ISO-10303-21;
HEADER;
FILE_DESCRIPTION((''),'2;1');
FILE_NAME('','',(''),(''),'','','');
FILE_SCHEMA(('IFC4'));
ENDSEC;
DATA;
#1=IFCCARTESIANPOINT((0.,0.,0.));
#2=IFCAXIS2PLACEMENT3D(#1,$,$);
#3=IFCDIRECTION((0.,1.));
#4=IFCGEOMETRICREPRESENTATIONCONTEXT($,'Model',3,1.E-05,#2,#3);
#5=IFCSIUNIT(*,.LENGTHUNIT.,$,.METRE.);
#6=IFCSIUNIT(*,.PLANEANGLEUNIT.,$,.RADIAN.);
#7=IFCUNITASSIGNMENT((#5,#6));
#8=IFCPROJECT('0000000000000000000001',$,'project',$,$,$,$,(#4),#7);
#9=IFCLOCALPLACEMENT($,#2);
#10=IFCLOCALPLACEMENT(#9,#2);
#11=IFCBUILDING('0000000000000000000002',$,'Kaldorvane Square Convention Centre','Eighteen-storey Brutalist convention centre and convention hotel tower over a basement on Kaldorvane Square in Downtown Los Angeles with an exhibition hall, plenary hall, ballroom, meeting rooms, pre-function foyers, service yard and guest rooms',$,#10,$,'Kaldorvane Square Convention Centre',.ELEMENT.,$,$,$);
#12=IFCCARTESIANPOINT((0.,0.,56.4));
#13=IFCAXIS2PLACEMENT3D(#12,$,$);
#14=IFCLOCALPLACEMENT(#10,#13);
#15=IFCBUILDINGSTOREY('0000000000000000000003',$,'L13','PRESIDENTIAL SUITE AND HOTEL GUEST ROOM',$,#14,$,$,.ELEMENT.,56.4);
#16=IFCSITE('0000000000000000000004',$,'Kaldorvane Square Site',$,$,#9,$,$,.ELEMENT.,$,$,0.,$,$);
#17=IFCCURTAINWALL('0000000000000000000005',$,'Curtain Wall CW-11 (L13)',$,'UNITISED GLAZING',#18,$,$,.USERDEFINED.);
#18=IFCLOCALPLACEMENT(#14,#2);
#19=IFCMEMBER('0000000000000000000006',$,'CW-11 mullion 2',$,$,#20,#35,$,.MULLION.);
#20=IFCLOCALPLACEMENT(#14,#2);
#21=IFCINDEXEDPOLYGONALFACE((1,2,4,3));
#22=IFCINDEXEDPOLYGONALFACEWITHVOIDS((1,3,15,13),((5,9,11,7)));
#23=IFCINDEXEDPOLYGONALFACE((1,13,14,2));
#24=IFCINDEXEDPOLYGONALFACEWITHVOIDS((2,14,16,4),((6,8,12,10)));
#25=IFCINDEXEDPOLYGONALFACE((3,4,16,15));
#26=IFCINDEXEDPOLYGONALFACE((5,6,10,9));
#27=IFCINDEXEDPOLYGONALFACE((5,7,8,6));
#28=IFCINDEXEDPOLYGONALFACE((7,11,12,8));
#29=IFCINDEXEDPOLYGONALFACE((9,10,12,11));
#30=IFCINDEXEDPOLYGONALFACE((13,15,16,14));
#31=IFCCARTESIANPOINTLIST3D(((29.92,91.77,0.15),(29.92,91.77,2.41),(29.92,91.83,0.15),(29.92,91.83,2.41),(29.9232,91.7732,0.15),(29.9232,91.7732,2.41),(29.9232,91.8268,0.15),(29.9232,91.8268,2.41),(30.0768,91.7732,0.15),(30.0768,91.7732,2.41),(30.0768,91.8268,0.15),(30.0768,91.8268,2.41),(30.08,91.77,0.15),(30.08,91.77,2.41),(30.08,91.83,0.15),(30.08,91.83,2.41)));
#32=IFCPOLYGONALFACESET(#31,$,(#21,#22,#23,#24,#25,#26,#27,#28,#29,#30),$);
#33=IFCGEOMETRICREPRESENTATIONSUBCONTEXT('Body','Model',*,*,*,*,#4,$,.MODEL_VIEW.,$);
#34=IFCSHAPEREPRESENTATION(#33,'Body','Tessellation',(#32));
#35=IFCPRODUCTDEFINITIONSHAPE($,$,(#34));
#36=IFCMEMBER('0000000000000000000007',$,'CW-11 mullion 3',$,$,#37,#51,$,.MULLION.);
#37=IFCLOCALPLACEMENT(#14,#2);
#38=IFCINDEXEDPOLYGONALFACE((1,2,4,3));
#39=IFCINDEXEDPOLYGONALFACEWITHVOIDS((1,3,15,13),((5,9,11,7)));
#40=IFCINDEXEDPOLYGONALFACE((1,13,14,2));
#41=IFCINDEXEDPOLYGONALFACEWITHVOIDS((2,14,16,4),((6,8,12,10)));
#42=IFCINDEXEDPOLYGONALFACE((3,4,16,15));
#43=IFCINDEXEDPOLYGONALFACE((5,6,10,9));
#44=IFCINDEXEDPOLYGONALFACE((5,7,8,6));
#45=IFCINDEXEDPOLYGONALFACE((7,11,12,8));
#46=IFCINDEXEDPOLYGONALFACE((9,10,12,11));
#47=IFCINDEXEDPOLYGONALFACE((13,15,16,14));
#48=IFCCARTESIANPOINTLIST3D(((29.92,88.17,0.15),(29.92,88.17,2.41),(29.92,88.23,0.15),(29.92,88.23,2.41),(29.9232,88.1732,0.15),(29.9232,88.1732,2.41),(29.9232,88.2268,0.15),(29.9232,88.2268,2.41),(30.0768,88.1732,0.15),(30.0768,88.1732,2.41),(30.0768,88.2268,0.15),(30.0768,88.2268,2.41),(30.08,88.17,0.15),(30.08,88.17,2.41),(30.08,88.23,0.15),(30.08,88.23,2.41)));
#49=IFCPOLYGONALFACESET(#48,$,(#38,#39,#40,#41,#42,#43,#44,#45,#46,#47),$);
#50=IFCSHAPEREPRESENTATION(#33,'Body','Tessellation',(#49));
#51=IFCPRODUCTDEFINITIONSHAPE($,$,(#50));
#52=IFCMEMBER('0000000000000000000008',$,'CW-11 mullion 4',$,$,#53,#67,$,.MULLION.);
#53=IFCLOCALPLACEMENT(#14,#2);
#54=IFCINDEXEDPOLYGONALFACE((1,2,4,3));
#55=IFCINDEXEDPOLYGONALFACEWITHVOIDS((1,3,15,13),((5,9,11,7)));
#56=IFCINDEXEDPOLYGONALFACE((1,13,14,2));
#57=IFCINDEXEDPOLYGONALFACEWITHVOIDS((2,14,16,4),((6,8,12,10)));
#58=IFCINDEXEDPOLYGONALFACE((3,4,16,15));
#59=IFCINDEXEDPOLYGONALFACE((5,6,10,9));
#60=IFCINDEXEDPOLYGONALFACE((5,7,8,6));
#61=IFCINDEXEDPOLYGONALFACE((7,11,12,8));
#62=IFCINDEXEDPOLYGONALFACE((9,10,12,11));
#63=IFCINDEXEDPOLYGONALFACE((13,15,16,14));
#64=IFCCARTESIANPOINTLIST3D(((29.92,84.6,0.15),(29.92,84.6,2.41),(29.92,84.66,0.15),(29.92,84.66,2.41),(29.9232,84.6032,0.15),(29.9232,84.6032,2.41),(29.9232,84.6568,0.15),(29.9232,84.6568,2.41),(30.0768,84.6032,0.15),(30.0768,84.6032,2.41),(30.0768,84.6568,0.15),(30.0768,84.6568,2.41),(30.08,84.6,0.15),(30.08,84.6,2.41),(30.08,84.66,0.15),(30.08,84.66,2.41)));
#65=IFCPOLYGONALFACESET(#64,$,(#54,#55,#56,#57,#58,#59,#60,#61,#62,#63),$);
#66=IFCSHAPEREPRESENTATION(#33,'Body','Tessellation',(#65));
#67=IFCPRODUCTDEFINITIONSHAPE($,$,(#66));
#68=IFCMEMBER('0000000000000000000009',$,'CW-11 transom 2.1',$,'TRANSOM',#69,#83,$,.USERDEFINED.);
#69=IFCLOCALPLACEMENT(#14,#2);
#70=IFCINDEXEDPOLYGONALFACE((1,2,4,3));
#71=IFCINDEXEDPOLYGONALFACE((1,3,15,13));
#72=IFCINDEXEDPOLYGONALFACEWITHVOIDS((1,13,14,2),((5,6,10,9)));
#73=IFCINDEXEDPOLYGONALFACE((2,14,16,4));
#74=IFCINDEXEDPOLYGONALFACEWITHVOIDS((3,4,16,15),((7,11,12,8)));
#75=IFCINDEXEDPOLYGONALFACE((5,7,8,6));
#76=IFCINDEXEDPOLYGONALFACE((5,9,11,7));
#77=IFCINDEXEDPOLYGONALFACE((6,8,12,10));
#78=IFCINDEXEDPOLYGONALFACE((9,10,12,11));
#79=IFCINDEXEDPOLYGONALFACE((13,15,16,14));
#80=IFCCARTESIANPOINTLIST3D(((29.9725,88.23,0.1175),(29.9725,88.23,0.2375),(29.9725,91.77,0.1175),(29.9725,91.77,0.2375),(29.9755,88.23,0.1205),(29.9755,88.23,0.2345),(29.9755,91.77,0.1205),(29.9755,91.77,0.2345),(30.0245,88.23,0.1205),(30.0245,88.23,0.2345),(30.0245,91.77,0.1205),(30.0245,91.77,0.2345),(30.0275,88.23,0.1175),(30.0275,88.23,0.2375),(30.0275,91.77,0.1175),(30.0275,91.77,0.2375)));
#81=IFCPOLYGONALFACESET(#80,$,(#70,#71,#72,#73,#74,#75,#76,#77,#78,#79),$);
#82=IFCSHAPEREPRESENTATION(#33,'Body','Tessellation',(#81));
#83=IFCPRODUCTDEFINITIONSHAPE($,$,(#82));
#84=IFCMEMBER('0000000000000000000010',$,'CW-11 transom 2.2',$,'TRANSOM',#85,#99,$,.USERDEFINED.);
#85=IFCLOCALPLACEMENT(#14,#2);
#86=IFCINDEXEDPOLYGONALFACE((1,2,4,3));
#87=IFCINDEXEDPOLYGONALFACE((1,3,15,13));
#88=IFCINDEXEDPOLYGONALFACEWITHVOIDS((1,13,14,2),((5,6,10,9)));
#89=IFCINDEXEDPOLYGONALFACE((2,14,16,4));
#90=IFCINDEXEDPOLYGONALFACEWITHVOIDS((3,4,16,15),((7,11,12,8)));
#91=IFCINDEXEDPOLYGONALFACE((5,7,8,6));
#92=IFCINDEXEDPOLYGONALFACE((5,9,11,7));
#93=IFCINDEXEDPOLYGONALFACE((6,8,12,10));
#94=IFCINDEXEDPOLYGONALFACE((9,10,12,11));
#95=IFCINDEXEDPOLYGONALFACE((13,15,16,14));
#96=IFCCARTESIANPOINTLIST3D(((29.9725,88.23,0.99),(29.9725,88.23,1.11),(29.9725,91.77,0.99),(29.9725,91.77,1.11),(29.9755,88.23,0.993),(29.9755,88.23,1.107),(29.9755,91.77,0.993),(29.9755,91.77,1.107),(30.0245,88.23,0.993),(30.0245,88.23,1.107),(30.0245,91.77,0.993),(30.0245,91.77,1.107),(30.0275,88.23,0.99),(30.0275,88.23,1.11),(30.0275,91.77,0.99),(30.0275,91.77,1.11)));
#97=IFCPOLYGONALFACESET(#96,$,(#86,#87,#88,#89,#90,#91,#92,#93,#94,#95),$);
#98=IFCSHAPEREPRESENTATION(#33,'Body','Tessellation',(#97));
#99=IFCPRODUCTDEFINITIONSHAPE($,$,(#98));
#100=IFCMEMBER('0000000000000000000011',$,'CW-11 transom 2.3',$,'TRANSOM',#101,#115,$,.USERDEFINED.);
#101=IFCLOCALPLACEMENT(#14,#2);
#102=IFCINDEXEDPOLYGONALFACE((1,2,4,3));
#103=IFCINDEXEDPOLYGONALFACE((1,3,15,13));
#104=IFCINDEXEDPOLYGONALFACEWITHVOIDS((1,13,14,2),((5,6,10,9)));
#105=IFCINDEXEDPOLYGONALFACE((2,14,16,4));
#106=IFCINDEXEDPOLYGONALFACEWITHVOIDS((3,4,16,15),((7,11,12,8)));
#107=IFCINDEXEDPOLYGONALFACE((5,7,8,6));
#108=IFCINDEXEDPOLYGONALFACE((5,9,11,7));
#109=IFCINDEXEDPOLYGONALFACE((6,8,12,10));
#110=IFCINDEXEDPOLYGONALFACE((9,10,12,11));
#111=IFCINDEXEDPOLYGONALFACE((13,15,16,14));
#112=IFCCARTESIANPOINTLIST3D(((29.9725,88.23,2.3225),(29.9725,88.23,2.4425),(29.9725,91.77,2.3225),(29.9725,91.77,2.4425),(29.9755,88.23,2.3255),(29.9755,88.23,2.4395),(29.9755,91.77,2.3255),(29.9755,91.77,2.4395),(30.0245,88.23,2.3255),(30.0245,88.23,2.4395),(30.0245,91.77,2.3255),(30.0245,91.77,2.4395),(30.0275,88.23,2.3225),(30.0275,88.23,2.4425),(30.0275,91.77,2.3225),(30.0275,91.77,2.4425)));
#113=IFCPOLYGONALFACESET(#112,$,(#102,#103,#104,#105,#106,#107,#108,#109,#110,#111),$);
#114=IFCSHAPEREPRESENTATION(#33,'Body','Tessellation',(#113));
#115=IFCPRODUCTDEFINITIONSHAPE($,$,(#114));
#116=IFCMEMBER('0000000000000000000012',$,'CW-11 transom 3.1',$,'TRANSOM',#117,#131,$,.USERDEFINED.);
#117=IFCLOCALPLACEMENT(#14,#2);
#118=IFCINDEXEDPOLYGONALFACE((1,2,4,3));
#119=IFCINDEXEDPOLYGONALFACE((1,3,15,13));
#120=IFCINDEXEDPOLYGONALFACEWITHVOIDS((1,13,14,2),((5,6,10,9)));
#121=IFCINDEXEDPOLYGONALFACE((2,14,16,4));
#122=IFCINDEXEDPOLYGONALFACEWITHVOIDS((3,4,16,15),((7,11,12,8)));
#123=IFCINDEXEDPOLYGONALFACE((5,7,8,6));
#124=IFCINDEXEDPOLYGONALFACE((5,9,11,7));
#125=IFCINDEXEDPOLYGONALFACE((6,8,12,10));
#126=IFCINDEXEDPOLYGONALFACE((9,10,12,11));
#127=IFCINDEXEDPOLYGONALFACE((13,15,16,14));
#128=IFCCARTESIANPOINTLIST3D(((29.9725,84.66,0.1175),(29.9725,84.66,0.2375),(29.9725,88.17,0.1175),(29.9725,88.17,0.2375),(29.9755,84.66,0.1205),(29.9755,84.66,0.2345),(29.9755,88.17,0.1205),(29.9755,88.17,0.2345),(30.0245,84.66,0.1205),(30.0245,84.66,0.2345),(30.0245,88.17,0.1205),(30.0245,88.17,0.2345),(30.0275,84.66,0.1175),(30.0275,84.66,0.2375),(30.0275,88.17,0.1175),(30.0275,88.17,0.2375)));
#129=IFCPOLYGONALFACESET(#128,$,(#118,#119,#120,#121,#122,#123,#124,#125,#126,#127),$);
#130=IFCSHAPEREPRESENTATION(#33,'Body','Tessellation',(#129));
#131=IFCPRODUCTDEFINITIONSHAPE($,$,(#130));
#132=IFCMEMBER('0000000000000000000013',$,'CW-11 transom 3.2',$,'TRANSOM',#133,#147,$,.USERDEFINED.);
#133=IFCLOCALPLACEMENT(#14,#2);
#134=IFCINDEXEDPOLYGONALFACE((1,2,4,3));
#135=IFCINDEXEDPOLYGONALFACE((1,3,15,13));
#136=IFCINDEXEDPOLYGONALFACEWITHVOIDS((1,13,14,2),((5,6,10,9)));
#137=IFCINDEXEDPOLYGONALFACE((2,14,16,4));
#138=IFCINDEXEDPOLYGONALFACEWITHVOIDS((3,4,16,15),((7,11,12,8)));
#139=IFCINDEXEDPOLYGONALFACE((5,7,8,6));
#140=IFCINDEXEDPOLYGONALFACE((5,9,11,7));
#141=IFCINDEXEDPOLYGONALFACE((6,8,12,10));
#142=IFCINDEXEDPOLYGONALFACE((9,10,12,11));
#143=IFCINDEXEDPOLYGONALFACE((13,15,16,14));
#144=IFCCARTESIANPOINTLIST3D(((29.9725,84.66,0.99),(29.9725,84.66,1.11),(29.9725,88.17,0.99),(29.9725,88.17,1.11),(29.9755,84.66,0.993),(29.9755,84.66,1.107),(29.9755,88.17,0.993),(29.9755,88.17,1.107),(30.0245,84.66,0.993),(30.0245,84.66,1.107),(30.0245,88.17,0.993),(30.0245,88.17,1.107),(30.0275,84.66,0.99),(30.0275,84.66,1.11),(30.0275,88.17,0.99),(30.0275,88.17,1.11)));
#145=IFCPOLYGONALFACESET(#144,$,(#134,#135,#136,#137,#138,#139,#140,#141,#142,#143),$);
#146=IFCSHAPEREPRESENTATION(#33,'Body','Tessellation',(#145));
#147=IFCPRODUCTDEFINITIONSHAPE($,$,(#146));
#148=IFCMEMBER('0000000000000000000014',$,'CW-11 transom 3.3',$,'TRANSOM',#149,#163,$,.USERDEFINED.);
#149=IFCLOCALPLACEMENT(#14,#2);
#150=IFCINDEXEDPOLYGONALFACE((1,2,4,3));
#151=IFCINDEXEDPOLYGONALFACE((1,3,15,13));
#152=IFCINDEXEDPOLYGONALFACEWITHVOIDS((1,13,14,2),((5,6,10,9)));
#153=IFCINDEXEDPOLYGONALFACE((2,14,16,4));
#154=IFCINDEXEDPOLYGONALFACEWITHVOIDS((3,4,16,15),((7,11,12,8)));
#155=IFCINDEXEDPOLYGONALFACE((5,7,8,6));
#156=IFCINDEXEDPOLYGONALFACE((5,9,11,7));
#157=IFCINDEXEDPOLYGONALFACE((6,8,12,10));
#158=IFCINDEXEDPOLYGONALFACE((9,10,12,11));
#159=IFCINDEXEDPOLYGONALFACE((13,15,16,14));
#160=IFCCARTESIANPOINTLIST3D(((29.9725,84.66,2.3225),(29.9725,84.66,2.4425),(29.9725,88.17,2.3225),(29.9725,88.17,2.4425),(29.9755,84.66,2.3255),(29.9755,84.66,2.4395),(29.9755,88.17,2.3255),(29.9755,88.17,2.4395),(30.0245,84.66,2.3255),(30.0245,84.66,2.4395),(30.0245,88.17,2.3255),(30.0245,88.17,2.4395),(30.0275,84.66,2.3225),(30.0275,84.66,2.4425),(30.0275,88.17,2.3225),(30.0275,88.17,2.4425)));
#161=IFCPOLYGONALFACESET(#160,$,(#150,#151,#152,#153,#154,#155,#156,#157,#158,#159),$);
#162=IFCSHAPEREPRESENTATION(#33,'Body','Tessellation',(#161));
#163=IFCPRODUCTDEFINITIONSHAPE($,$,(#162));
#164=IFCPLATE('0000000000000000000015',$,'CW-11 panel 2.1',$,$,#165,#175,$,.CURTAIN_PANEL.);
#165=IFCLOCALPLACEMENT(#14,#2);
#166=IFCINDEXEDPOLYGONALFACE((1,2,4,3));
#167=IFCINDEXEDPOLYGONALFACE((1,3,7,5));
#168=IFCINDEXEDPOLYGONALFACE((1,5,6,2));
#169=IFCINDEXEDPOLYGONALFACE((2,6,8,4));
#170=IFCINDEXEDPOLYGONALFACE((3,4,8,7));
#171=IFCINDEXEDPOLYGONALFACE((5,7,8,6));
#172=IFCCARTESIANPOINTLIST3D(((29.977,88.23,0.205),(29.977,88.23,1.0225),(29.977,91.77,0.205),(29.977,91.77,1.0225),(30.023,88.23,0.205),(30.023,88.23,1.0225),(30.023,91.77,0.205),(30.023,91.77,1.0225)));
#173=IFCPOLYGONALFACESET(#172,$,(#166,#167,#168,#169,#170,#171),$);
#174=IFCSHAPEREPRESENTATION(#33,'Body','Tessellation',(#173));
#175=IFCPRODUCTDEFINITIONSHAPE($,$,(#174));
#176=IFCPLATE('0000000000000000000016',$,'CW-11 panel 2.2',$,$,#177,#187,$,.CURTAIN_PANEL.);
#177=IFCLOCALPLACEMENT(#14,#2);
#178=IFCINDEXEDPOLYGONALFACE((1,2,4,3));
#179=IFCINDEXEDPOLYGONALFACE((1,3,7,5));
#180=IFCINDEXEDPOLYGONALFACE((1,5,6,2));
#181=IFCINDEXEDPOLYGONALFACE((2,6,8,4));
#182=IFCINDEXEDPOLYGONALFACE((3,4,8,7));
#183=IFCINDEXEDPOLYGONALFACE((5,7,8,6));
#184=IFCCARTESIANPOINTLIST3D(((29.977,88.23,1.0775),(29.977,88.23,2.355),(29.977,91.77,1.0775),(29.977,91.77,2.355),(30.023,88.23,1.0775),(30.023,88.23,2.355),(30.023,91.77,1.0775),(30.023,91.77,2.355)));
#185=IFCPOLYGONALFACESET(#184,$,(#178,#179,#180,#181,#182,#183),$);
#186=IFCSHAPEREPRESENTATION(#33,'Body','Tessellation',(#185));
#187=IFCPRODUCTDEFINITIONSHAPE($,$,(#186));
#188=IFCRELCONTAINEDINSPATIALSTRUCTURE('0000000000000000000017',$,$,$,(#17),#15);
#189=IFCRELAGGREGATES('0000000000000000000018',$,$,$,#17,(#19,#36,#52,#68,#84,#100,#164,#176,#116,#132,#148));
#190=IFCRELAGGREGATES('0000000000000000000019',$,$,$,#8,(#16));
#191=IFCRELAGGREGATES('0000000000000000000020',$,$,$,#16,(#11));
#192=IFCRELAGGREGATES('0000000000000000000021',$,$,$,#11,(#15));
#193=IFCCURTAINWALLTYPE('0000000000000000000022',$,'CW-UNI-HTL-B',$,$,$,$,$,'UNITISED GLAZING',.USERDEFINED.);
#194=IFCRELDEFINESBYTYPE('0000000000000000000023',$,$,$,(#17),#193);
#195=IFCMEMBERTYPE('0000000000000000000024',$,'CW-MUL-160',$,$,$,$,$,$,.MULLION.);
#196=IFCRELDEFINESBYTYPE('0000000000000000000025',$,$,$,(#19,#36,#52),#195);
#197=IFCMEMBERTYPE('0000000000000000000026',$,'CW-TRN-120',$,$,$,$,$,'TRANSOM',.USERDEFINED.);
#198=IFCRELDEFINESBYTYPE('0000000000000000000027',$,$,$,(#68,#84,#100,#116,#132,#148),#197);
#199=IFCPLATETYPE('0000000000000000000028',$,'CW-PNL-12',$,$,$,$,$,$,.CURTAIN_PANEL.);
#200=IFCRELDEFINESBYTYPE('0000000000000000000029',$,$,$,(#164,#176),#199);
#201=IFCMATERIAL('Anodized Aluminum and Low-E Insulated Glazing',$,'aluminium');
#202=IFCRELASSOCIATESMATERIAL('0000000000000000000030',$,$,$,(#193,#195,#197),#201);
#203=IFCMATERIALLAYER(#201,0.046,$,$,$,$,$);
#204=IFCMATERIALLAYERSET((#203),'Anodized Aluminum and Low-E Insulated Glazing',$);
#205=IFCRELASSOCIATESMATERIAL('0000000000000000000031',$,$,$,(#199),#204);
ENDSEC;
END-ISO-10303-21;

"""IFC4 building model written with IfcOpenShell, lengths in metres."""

from ifc_helpers import new_model, si_unit, direction, frame, origin, origin_2d, place, context, subcontext, project, spatial, rectangle, hollow_rectangle, extrude, material, layer, layer_set, material_profile, profile_set, type_object, element, aggregate, save


model = new_model("IFC4")

# Units and contexts
model_context = context("Model", 3, precision=1e-05, world=origin(), true_north=direction((0.0, 1.0)))
body_context = subcontext(model_context, "Body", "Model", "MODEL_VIEW")
ifc_project = project(units=[si_unit("LENGTHUNIT", "METRE"), si_unit("PLANEANGLEUNIT", "RADIAN")], contexts=[model_context])

# Site, building, storey
site_placement = place(None, origin())
site = spatial("IfcSite", under=ifc_project, at=site_placement, Name="Kaldorvane Square Site", CompositionType="ELEMENT", RefElevation=0.0)
building_placement = place(site_placement, origin())
building = spatial("IfcBuilding", under=site, at=building_placement, Name="Kaldorvane Square Convention Centre", Description="Eighteen-storey Brutalist convention centre and convention hotel tower over a basement on Kaldorvane Square in Downtown Los Angeles with an exhibition hall, plenary hall, ballroom, meeting rooms, pre-function foyers, service yard and guest rooms", LongName="Kaldorvane Square Convention Centre", CompositionType="ELEMENT")
storey_placement = place(building_placement, frame((0.0, 0.0, 56.4)))
storey = spatial("IfcBuildingStorey", under=building, at=storey_placement, Name="L13", Description="PRESIDENTIAL SUITE AND HOTEL GUEST ROOM", CompositionType="ELEMENT", Elevation=56.4)

# Curtain wall, members, plates
ifc_material_1 = material(Name="Anodized Aluminum and Low-E Insulated Glazing", Category="aluminium")
curtain_wall_type = type_object("IfcCurtainWallType", Name="CW-UNI-HTL-B", ElementType="UNITISED GLAZING", PredefinedType="USERDEFINED", material=ifc_material_1)
curtain_wall_placement = place(storey_placement, origin())
curtain_wall = element("IfcCurtainWall", 1, at=curtain_wall_placement, inside=storey, type_object=curtain_wall_type, Name="Curtain Wall CW-11 (L13)", ObjectType="UNITISED GLAZING", PredefinedType="USERDEFINED")
ifc_material_profile_1 = material_profile(ifc_material_1, hollow_rectangle(XDim=0.06, YDim=0.16, WallThickness=0.0032, at=origin_2d()), Name="CWM-160X60")
ifc_profile_set_1 = profile_set([ifc_material_profile_1], Name="Anodized Aluminum and Low-E Insulated Glazing")
member_type_1 = type_object("IfcMemberType", Name="CW-MUL-160", PredefinedType="MULLION", material=ifc_profile_set_1)
member_1_placement = place(storey_placement, frame((30.0, 91.8, 0.15), z_axis=(0.0, 0.0, 1.0), x_axis=(0.0, -1.0, 0.0)))
member_1 = element("IfcMember", 2, at=member_1_placement, type_object=member_type_1, Name="CW-11 mullion 2", PredefinedType="MULLION", context=body_context, shape_type="SweptSolid", body=[
    extrude(hollow_rectangle(XDim=0.06, YDim=0.16, WallThickness=0.0032, at=origin_2d()), origin(), (0.0, 0.0, 1.0), 2.26),
])
member_2_placement = place(storey_placement, frame((30.0, 88.2, 0.15), z_axis=(0.0, 0.0, 1.0), x_axis=(0.0, -1.0, 0.0)))
member_2 = element("IfcMember", 3, at=member_2_placement, type_object=member_type_1, Name="CW-11 mullion 3", PredefinedType="MULLION", context=body_context, shape_type="SweptSolid", body=[
    extrude(hollow_rectangle(XDim=0.06, YDim=0.16, WallThickness=0.0032, at=origin_2d()), origin(), (0.0, 0.0, 1.0), 2.26),
])
member_3_placement = place(storey_placement, frame((30.0, 84.63, 0.15), z_axis=(0.0, 0.0, 1.0), x_axis=(0.0, -1.0, 0.0)))
member_3 = element("IfcMember", 4, at=member_3_placement, type_object=member_type_1, Name="CW-11 mullion 4", PredefinedType="MULLION", context=body_context, shape_type="SweptSolid", body=[
    extrude(hollow_rectangle(XDim=0.06, YDim=0.16, WallThickness=0.0032, at=origin_2d()), origin(), (0.0, 0.0, 1.0), 2.26),
])
ifc_material_profile_2 = material_profile(ifc_material_1, hollow_rectangle(XDim=0.055, YDim=0.12, WallThickness=0.003, at=origin_2d()), Name="CWT-120X55")
ifc_profile_set_2 = profile_set([ifc_material_profile_2], Name="Anodized Aluminum and Low-E Insulated Glazing")
member_type_2 = type_object("IfcMemberType", Name="CW-TRN-120", ElementType="TRANSOM", PredefinedType="USERDEFINED", material=ifc_profile_set_2)
member_4_placement = place(storey_placement, frame((30.0, 91.77, 0.1775), z_axis=(0.0, -1.0, 0.0), x_axis=(1.0, 0.0, 0.0)))
member_4 = element("IfcMember", 5, at=member_4_placement, type_object=member_type_2, Name="CW-11 transom 2.1", ObjectType="TRANSOM", PredefinedType="USERDEFINED", context=body_context, shape_type="SweptSolid", body=[
    extrude(hollow_rectangle(XDim=0.055, YDim=0.12, WallThickness=0.003, at=origin_2d()), origin(), (0.0, 0.0, 1.0), 3.54),
])
member_5_placement = place(storey_placement, frame((30.0, 91.77, 1.05), z_axis=(0.0, -1.0, 0.0), x_axis=(1.0, 0.0, 0.0)))
member_5 = element("IfcMember", 6, at=member_5_placement, type_object=member_type_2, Name="CW-11 transom 2.2", ObjectType="TRANSOM", PredefinedType="USERDEFINED", context=body_context, shape_type="SweptSolid", body=[
    extrude(hollow_rectangle(XDim=0.055, YDim=0.12, WallThickness=0.003, at=origin_2d()), origin(), (0.0, 0.0, 1.0), 3.54),
])
member_6_placement = place(storey_placement, frame((30.0, 91.77, 2.3825), z_axis=(0.0, -1.0, 0.0), x_axis=(1.0, 0.0, 0.0)))
member_6 = element("IfcMember", 7, at=member_6_placement, type_object=member_type_2, Name="CW-11 transom 2.3", ObjectType="TRANSOM", PredefinedType="USERDEFINED", context=body_context, shape_type="SweptSolid", body=[
    extrude(hollow_rectangle(XDim=0.055, YDim=0.12, WallThickness=0.003, at=origin_2d()), origin(), (0.0, 0.0, 1.0), 3.54),
])
member_7_placement = place(storey_placement, frame((30.0, 88.17, 0.1775), z_axis=(0.0, -1.0, 0.0), x_axis=(1.0, 0.0, 0.0)))
member_7 = element("IfcMember", 8, at=member_7_placement, type_object=member_type_2, Name="CW-11 transom 3.1", ObjectType="TRANSOM", PredefinedType="USERDEFINED", context=body_context, shape_type="SweptSolid", body=[
    extrude(hollow_rectangle(XDim=0.055, YDim=0.12, WallThickness=0.003, at=origin_2d()), origin(), (0.0, 0.0, 1.0), 3.51),
])
member_8_placement = place(storey_placement, frame((30.0, 88.17, 1.05), z_axis=(0.0, -1.0, 0.0), x_axis=(1.0, 0.0, 0.0)))
member_8 = element("IfcMember", 9, at=member_8_placement, type_object=member_type_2, Name="CW-11 transom 3.2", ObjectType="TRANSOM", PredefinedType="USERDEFINED", context=body_context, shape_type="SweptSolid", body=[
    extrude(hollow_rectangle(XDim=0.055, YDim=0.12, WallThickness=0.003, at=origin_2d()), origin(), (0.0, 0.0, 1.0), 3.51),
])
member_9_placement = place(storey_placement, frame((30.0, 88.17, 2.3825), z_axis=(0.0, -1.0, 0.0), x_axis=(1.0, 0.0, 0.0)))
member_9 = element("IfcMember", 10, at=member_9_placement, type_object=member_type_2, Name="CW-11 transom 3.3", ObjectType="TRANSOM", PredefinedType="USERDEFINED", context=body_context, shape_type="SweptSolid", body=[
    extrude(hollow_rectangle(XDim=0.055, YDim=0.12, WallThickness=0.003, at=origin_2d()), origin(), (0.0, 0.0, 1.0), 3.51),
])
ifc_layer_1 = layer(ifc_material_1, 0.046)
ifc_layer_set_1 = layer_set([ifc_layer_1], Name="Anodized Aluminum and Low-E Insulated Glazing")
plate_type = type_object("IfcPlateType", Name="CW-PNL-12", PredefinedType="CURTAIN_PANEL", material=ifc_layer_set_1)
plate_1_placement = place(storey_placement, frame((30.0, 90.0, 0.205), z_axis=(0.0, 0.0, 1.0), x_axis=(0.0, -1.0, 0.0)))
plate_1 = element("IfcPlate", 11, at=plate_1_placement, type_object=plate_type, Name="CW-11 panel 2.1", PredefinedType="CURTAIN_PANEL", context=body_context, shape_type="SweptSolid", body=[
    extrude(rectangle(XDim=3.54, YDim=0.046, at=origin_2d()), origin(), (0.0, 0.0, 1.0), 0.8175),
])
plate_2_placement = place(storey_placement, frame((30.0, 90.0, 1.0775), z_axis=(0.0, 0.0, 1.0), x_axis=(0.0, -1.0, 0.0)))
plate_2 = element("IfcPlate", 12, at=plate_2_placement, type_object=plate_type, Name="CW-11 panel 2.2", PredefinedType="CURTAIN_PANEL", context=body_context, shape_type="SweptSolid", body=[
    extrude(rectangle(XDim=3.54, YDim=0.046, at=origin_2d()), origin(), (0.0, 0.0, 1.0), 1.2775),
])
aggregate(curtain_wall, [member_1, member_2, member_3, member_4, member_5, member_6, plate_1, plate_2, member_7, member_8, member_9])

save(model, "model.ifc")
